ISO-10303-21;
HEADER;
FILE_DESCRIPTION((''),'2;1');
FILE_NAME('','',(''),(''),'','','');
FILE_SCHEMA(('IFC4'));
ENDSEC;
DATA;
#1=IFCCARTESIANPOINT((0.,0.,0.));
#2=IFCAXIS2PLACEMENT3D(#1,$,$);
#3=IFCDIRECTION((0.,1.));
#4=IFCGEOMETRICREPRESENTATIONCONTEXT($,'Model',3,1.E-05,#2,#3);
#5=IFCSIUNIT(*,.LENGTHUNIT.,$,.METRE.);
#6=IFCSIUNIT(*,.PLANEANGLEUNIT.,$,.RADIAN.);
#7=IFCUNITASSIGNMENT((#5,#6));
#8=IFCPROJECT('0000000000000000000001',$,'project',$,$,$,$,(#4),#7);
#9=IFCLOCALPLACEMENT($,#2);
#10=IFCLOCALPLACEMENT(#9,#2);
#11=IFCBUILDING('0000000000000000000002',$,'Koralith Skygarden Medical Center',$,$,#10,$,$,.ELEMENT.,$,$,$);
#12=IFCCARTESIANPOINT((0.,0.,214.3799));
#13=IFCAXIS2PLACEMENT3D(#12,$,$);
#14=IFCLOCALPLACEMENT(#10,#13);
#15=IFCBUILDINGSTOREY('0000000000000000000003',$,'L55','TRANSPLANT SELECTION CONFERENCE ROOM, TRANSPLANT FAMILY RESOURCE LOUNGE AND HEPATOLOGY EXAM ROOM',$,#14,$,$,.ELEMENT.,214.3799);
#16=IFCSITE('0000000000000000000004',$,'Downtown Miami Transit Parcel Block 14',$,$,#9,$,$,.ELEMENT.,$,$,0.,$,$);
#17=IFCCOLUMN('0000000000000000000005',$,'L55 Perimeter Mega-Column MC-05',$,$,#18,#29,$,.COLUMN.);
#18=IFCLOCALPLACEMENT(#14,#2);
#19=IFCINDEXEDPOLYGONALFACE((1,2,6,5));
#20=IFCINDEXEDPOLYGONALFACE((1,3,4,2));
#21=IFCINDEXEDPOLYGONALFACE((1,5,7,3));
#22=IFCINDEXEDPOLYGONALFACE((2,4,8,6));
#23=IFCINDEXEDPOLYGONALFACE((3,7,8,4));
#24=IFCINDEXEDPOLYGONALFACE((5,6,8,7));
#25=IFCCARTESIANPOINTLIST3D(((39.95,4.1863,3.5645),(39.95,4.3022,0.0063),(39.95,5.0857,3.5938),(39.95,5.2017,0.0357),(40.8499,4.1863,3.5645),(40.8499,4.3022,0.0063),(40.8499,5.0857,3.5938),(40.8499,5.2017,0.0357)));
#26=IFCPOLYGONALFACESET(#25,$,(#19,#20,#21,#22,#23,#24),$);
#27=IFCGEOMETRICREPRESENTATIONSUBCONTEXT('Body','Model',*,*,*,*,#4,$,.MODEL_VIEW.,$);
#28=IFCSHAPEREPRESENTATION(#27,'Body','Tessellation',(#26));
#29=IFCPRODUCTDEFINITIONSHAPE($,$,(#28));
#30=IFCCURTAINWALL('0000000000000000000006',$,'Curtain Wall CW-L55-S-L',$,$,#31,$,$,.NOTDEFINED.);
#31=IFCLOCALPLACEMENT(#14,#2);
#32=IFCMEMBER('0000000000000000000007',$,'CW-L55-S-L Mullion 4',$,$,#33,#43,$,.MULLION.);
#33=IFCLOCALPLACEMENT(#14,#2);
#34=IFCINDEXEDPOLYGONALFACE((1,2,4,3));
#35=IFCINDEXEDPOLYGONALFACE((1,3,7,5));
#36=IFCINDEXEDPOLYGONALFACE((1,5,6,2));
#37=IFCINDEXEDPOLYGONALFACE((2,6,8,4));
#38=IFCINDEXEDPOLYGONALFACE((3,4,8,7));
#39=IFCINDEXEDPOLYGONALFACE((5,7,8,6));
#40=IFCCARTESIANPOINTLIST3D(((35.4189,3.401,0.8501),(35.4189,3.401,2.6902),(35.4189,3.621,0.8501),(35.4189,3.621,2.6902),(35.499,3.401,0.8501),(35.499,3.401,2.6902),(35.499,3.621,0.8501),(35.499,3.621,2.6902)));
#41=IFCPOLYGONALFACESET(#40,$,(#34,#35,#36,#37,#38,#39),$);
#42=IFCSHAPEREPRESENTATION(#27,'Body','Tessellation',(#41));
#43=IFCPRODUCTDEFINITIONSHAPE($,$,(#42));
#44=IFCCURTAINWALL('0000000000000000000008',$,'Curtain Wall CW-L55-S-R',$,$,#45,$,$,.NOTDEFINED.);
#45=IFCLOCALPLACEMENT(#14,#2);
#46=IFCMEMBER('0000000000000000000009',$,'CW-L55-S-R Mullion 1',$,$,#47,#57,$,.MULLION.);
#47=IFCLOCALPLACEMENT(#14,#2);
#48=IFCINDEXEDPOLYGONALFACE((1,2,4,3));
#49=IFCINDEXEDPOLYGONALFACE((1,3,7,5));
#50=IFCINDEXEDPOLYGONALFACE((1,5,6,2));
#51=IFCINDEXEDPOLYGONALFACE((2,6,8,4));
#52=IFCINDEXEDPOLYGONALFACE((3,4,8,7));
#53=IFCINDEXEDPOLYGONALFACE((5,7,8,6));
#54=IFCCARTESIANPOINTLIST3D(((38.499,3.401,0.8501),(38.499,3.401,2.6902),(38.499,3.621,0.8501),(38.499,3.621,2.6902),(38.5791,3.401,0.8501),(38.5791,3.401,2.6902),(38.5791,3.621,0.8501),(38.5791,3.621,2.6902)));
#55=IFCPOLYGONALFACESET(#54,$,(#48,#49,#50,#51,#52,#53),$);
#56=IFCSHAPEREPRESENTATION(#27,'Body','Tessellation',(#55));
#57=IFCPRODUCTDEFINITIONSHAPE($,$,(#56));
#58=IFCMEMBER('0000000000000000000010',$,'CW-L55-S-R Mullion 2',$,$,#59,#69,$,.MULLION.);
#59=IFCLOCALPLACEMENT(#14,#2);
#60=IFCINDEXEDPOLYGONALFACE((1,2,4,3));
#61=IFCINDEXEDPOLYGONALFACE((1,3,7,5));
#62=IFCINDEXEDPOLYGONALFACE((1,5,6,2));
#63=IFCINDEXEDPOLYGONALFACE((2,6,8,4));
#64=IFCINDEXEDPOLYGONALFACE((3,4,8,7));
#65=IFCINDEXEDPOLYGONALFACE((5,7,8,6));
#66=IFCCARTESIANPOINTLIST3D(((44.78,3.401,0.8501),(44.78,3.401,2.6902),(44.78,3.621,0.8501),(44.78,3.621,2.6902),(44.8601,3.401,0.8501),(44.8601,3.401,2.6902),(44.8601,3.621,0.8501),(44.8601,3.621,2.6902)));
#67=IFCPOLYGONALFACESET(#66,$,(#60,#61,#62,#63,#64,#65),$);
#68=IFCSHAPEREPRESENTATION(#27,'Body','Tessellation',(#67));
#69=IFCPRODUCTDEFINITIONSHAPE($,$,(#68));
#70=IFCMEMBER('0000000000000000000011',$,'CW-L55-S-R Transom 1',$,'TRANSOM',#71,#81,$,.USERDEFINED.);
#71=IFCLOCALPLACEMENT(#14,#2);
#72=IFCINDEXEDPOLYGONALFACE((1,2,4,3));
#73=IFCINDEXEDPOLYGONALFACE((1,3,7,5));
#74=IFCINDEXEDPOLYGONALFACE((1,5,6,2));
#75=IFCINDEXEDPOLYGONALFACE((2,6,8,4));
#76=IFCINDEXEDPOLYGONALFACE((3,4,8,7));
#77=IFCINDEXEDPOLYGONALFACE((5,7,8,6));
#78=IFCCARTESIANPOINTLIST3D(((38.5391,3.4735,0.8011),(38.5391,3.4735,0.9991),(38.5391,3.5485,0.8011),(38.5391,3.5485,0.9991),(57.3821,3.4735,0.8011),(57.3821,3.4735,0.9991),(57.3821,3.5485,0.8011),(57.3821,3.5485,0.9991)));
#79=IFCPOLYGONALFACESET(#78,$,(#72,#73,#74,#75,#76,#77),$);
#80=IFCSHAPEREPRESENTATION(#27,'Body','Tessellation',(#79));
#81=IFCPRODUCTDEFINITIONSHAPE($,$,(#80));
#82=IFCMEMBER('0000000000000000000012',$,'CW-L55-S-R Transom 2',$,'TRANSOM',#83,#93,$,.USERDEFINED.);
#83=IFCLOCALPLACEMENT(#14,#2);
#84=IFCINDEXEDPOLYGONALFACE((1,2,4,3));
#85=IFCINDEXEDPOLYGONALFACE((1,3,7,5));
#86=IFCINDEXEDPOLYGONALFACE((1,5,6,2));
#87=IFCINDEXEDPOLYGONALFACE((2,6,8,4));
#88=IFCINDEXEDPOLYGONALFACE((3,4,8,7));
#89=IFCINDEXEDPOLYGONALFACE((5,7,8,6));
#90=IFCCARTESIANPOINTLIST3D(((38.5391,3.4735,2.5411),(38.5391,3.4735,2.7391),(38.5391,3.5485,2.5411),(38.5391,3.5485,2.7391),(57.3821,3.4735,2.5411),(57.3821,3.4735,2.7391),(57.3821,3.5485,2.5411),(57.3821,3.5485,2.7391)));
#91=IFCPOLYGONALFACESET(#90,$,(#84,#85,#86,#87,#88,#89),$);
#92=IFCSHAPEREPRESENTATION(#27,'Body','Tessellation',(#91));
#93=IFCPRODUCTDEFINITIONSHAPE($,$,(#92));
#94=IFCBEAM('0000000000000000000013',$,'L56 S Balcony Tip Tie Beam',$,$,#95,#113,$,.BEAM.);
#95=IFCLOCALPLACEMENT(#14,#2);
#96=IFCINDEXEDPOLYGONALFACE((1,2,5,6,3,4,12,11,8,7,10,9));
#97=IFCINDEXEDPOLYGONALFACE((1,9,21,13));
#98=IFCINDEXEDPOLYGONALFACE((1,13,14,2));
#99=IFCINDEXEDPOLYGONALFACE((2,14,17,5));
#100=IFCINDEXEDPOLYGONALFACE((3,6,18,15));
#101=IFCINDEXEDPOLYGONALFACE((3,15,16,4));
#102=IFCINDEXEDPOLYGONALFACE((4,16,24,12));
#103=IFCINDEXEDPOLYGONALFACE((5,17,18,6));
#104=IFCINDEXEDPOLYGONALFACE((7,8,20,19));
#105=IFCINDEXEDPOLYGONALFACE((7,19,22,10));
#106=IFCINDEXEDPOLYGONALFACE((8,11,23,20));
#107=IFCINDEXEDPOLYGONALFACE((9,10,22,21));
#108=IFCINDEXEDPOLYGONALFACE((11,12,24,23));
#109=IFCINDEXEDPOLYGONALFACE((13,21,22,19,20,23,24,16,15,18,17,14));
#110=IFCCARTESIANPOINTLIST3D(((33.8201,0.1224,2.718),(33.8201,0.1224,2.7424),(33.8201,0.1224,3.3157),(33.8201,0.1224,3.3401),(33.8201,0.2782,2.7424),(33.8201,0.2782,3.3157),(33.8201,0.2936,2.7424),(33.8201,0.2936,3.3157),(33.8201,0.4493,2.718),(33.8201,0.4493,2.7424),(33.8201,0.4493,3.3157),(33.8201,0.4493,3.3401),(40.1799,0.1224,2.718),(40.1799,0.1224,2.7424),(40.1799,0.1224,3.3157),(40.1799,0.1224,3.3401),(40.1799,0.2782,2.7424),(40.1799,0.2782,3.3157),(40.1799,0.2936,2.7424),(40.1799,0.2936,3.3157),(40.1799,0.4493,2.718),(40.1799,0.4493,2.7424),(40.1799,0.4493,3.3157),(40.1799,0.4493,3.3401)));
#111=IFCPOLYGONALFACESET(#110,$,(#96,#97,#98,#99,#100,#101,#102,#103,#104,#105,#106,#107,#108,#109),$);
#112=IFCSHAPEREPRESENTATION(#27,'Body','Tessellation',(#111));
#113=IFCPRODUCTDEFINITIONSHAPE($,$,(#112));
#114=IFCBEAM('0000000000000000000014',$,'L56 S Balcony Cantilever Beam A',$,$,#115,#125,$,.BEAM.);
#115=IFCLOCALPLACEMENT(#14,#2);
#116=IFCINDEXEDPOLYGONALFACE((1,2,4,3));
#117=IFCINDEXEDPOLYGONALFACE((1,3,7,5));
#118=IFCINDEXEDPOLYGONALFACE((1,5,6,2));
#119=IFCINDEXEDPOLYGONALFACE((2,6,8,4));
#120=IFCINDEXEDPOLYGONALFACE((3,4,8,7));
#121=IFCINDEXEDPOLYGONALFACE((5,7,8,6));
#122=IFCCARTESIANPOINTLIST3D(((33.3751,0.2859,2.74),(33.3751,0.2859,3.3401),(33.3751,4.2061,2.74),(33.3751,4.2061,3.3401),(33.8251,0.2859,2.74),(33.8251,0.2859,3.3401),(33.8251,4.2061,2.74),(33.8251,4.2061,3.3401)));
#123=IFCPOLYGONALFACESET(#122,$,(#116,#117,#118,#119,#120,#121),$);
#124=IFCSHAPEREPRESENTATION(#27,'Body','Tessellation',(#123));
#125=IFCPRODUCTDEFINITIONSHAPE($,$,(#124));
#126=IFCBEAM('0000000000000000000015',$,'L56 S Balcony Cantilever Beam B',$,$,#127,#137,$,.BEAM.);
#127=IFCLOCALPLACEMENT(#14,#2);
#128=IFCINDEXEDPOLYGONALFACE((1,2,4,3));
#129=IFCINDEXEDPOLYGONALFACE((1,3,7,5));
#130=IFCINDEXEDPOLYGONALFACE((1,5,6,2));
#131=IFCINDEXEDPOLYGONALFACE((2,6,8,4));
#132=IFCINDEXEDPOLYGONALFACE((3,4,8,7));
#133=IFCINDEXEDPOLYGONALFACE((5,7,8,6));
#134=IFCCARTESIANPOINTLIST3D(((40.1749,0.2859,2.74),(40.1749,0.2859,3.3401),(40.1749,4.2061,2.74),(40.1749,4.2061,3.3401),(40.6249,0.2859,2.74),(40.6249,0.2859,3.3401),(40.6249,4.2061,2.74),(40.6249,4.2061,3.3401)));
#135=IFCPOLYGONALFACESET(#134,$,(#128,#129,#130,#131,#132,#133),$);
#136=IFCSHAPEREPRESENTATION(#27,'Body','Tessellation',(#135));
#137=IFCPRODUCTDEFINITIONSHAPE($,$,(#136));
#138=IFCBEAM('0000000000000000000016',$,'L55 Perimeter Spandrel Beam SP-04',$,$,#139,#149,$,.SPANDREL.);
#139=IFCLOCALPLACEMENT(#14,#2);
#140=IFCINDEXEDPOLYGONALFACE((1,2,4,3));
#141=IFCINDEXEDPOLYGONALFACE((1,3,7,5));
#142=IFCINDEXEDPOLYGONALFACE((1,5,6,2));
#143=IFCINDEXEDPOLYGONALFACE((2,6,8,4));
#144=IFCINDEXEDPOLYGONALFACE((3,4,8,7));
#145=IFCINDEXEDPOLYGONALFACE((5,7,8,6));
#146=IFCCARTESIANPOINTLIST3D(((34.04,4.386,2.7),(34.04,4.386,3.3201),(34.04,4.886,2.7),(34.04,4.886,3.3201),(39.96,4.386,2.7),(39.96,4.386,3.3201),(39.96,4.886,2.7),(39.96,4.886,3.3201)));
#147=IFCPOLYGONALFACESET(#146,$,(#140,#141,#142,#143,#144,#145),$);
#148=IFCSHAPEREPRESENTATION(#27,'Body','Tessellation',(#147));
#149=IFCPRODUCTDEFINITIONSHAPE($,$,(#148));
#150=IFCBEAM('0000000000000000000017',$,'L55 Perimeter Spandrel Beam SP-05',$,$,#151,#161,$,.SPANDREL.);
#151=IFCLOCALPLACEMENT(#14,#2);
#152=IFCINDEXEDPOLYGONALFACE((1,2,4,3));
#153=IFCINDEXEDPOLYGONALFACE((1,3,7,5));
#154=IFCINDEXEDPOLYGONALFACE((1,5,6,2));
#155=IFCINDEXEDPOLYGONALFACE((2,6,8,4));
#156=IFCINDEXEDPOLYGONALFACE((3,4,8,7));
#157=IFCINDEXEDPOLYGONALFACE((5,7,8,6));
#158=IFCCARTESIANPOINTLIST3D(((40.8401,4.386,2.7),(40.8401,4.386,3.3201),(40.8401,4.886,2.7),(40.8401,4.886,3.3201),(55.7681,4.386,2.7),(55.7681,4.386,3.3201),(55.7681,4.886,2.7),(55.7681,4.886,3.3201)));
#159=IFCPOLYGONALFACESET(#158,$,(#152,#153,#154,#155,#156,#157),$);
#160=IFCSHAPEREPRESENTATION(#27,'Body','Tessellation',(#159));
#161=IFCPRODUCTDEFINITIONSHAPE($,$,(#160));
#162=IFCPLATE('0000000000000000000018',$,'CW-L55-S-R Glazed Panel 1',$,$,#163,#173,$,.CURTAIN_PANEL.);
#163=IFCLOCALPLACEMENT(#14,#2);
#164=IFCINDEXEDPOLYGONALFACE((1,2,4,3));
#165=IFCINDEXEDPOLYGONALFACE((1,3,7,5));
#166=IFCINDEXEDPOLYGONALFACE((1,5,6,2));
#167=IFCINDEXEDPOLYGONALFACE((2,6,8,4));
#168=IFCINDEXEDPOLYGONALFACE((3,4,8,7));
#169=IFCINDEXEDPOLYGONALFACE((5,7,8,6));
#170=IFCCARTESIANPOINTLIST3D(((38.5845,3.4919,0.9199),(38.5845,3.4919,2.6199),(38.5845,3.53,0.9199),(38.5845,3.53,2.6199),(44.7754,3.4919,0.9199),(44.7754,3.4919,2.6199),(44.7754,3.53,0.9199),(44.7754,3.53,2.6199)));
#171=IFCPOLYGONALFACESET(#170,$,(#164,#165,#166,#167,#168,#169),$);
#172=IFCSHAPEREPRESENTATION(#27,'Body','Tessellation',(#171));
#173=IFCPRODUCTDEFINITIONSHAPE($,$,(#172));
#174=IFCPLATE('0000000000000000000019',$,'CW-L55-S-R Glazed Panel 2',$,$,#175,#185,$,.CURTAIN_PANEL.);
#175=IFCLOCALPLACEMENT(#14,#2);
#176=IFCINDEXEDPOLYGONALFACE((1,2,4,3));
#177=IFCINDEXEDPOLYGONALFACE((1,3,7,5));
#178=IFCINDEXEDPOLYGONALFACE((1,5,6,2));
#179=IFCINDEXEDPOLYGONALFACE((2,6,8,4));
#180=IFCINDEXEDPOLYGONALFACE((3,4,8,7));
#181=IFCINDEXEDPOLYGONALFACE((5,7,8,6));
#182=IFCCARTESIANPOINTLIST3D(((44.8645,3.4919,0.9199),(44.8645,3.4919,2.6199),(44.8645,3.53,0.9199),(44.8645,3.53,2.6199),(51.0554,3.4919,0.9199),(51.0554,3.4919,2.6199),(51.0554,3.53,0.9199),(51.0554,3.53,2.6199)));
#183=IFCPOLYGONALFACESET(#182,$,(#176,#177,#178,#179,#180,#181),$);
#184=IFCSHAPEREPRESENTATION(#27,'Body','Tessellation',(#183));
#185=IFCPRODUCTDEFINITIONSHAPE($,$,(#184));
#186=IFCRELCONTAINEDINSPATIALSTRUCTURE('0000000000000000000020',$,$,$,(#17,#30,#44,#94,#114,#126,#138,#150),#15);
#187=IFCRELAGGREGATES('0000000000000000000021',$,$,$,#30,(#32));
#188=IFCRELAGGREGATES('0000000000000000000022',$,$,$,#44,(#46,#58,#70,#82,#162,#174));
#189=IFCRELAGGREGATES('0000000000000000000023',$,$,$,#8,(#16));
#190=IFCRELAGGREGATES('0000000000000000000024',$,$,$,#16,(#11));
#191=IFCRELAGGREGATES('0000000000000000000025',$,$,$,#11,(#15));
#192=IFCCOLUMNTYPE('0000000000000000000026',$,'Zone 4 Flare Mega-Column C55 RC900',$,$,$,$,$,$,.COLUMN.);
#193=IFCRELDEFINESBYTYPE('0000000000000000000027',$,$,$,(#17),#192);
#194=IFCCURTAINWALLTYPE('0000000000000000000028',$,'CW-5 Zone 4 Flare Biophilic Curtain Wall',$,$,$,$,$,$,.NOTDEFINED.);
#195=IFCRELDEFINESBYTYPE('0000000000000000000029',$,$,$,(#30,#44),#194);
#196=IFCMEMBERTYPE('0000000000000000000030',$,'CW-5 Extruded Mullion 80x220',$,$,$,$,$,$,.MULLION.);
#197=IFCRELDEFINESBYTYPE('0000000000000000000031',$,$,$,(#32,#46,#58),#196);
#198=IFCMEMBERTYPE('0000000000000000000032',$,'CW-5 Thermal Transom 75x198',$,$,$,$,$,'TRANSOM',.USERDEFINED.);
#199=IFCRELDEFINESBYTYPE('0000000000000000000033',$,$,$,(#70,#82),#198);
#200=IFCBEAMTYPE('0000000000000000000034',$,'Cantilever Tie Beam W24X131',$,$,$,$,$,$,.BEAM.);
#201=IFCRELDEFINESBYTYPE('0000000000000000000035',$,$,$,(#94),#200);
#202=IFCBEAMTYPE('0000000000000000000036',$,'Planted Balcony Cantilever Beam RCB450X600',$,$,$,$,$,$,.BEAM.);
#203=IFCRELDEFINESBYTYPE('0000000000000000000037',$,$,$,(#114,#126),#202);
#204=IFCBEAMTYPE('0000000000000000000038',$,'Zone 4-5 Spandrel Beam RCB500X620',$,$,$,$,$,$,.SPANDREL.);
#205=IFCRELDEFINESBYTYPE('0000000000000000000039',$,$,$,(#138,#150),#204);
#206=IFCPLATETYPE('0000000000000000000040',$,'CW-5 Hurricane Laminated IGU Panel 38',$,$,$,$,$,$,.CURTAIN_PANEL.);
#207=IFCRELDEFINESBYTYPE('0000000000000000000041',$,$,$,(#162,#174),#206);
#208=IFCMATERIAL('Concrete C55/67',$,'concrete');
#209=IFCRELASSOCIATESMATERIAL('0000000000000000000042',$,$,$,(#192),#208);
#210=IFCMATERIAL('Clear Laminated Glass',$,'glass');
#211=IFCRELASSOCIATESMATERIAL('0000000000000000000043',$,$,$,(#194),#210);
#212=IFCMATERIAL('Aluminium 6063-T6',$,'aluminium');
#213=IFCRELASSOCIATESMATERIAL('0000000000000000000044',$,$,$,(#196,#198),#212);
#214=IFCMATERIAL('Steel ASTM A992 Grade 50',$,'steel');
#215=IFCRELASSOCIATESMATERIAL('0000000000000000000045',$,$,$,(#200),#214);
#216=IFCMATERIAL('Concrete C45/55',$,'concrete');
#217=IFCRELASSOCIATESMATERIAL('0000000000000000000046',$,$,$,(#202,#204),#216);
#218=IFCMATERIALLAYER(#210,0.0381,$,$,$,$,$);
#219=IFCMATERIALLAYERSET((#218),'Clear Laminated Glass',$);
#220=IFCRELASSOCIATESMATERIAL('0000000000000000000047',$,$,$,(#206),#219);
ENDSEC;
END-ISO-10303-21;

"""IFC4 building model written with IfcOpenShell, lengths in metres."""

from ifc_helpers import new_model, si_unit, direction, frame, origin, origin_2d, place, context, subcontext, project, spatial, rectangle, i_section, extrude, material, layer, layer_set, material_profile, profile_set, type_object, element, aggregate, save


model = new_model("IFC4")

# Units and contexts
model_context = context("Model", 3, precision=1e-05, world=origin(), true_north=direction((0.0, 1.0)))
body_context = subcontext(model_context, "Body", "Model", "MODEL_VIEW")
ifc_project = project(units=[si_unit("LENGTHUNIT", "METRE"), si_unit("PLANEANGLEUNIT", "RADIAN")], contexts=[model_context])

# Site, building, storey
site_placement = place(None, origin())
site = spatial("IfcSite", under=ifc_project, at=site_placement, Name="Downtown Miami Transit Parcel Block 14", CompositionType="ELEMENT", RefElevation=0.0)
building_placement = place(site_placement, origin())
building = spatial("IfcBuilding", under=site, at=building_placement, Name="Koralith Skygarden Medical Center", CompositionType="ELEMENT")
storey_placement = place(building_placement, frame((0.0, 0.0, 214.3799)))
storey = spatial("IfcBuildingStorey", under=building, at=storey_placement, Name="L55", Description="TRANSPLANT SELECTION CONFERENCE ROOM, TRANSPLANT FAMILY RESOURCE LOUNGE AND HEPATOLOGY EXAM ROOM", CompositionType="ELEMENT", Elevation=214.3799)

# Column
ifc_material_1 = material(Name="Concrete C55/67", Category="concrete")
ifc_material_profile_1 = material_profile(ifc_material_1, rectangle(XDim=0.8999, YDim=0.8999, at=origin_2d()), Name="RC900X900")
ifc_profile_set_1 = profile_set([ifc_material_profile_1], Name="Concrete C55/67")
column_type = type_object("IfcColumnType", Name="Zone 4 Flare Mega-Column C55 RC900", PredefinedType="COLUMN", material=ifc_profile_set_1)
column_placement = place(storey_placement, frame((40.3999, 4.752, 0.021), z_axis=(0.0, -0.032575, 0.999469), x_axis=(1.0, 0.0, 0.0)))
element("IfcColumn", 1, at=column_placement, inside=storey, type_object=column_type, Name="L55 Perimeter Mega-Column MC-05", PredefinedType="COLUMN", context=body_context, shape_type="SweptSolid", body=[
    extrude(rectangle(XDim=0.8999, YDim=0.8999, at=origin_2d()), origin(), (0.0, 0.0, 1.0), 3.5601),
])

# Curtain wall, member
ifc_material_2 = material(Name="Clear Laminated Glass", Category="glass")
curtain_wall_type = type_object("IfcCurtainWallType", Name="CW-5 Zone 4 Flare Biophilic Curtain Wall", PredefinedType="NOTDEFINED", material=ifc_material_2)
curtain_wall_1_placement = place(storey_placement, origin())
curtain_wall_1 = element("IfcCurtainWall", 2, at=curtain_wall_1_placement, inside=storey, type_object=curtain_wall_type, Name="Curtain Wall CW-L55-S-L", PredefinedType="NOTDEFINED")
ifc_material_3 = material(Name="Aluminium 6063-T6", Category="aluminium")
ifc_material_profile_2 = material_profile(ifc_material_3, rectangle(XDim=0.0801, YDim=0.22, at=origin_2d()), Name="MUL80X220")
ifc_profile_set_2 = profile_set([ifc_material_profile_2], Name="Aluminium 6063-T6")
member_type_1 = type_object("IfcMemberType", Name="CW-5 Extruded Mullion 80x220", PredefinedType="MULLION", material=ifc_profile_set_2)
member_1_placement = place(storey_placement, frame((35.459, 3.511, 0.8501), z_axis=(0.0, 0.0, 1.0), x_axis=(1.0, 0.0, 0.0)))
member_1 = element("IfcMember", 3, at=member_1_placement, type_object=member_type_1, Name="CW-L55-S-L Mullion 4", PredefinedType="MULLION", context=body_context, shape_type="SweptSolid", body=[
    extrude(rectangle(XDim=0.0801, YDim=0.22, at=origin_2d()), origin(), (0.0, 0.0, 1.0), 1.8401),
])
aggregate(curtain_wall_1, [member_1])

# Curtain wall, members
curtain_wall_2_placement = place(storey_placement, origin())
curtain_wall_2 = element("IfcCurtainWall", 4, at=curtain_wall_2_placement, inside=storey, type_object=curtain_wall_type, Name="Curtain Wall CW-L55-S-R", PredefinedType="NOTDEFINED")
member_2_placement = place(storey_placement, frame((38.5391, 3.511, 0.8501), z_axis=(0.0, 0.0, 1.0), x_axis=(1.0, 0.0, 0.0)))
member_2 = element("IfcMember", 5, at=member_2_placement, type_object=member_type_1, Name="CW-L55-S-R Mullion 1", PredefinedType="MULLION", context=body_context, shape_type="SweptSolid", body=[
    extrude(rectangle(XDim=0.0801, YDim=0.22, at=origin_2d()), origin(), (0.0, 0.0, 1.0), 1.8401),
])
member_3_placement = place(storey_placement, frame((44.8201, 3.511, 0.8501), z_axis=(0.0, 0.0, 1.0), x_axis=(1.0, 0.0, 0.0)))
member_3 = element("IfcMember", 6, at=member_3_placement, type_object=member_type_1, Name="CW-L55-S-R Mullion 2", PredefinedType="MULLION", context=body_context, shape_type="SweptSolid", body=[
    extrude(rectangle(XDim=0.0801, YDim=0.22, at=origin_2d()), origin(), (0.0, 0.0, 1.0), 1.8401),
])
ifc_material_profile_3 = material_profile(ifc_material_3, rectangle(XDim=0.075, YDim=0.198, at=origin_2d()), Name="TRN75X198")
ifc_profile_set_3 = profile_set([ifc_material_profile_3], Name="Aluminium 6063-T6")
member_type_2 = type_object("IfcMemberType", Name="CW-5 Thermal Transom 75x198", ElementType="TRANSOM", PredefinedType="USERDEFINED", material=ifc_profile_set_3)
member_4_placement = place(storey_placement, frame((38.5391, 3.511, 0.9001), z_axis=(1.0, 0.0, 0.0), x_axis=(0.0, 1.0, 0.0)))
member_4 = element("IfcMember", 7, at=member_4_placement, type_object=member_type_2, Name="CW-L55-S-R Transom 1", ObjectType="TRANSOM", PredefinedType="USERDEFINED", context=body_context, shape_type="SweptSolid", body=[
    extrude(rectangle(XDim=0.075, YDim=0.198, at=origin_2d()), origin(), (0.0, 0.0, 1.0), 18.843),
])
member_5_placement = place(storey_placement, frame((38.5391, 3.511, 2.6401), z_axis=(1.0, 0.0, 0.0), x_axis=(0.0, 1.0, 0.0)))
member_5 = element("IfcMember", 8, at=member_5_placement, type_object=member_type_2, Name="CW-L55-S-R Transom 2", ObjectType="TRANSOM", PredefinedType="USERDEFINED", context=body_context, shape_type="SweptSolid", body=[
    extrude(rectangle(XDim=0.075, YDim=0.198, at=origin_2d()), origin(), (0.0, 0.0, 1.0), 18.843),
])

# Beams
ifc_material_4 = material(Name="Steel ASTM A992 Grade 50", Category="steel")
ifc_material_profile_4 = material_profile(ifc_material_4, i_section(OverallWidth=0.3269, OverallDepth=0.6221, WebThickness=0.0154, FlangeThickness=0.0244, at=origin_2d()), Name="W24X131")
ifc_profile_set_4 = profile_set([ifc_material_profile_4], Name="Steel ASTM A992 Grade 50")
beam_type_1 = type_object("IfcBeamType", Name="Cantilever Tie Beam W24X131", PredefinedType="BEAM", material=ifc_profile_set_4)
beam_1_placement = place(storey_placement, frame((33.8201, 0.2859, 3.0291), z_axis=(1.0, 0.0, 0.0), x_axis=(0.0, 1.0, 0.0)))
element("IfcBeam", 9, at=beam_1_placement, inside=storey, type_object=beam_type_1, Name="L56 S Balcony Tip Tie Beam", PredefinedType="BEAM", context=body_context, shape_type="SweptSolid", body=[
    extrude(i_section(OverallWidth=0.3269, OverallDepth=0.6221, WebThickness=0.0154, FlangeThickness=0.0244, at=origin_2d()), origin(), (0.0, 0.0, 1.0), 6.3599),
])
ifc_material_5 = material(Name="Concrete C45/55", Category="concrete")
ifc_material_profile_5 = material_profile(ifc_material_5, rectangle(XDim=0.45, YDim=0.6001, at=origin_2d()), Name="RCB450X600")
ifc_profile_set_5 = profile_set([ifc_material_profile_5], Name="Concrete C45/55")
beam_type_2 = type_object("IfcBeamType", Name="Planted Balcony Cantilever Beam RCB450X600", PredefinedType="BEAM", material=ifc_profile_set_5)
for number, where, z_axis, x_axis, name in (
    (10, (33.6001, 4.2061, 3.04), (0.0, -1.0, 0.0), (1.0, 0.0, 0.0), "L56 S Balcony Cantilever Beam A"),
    (11, (40.3999, 4.2061, 3.04), (0.0, -1.0, 0.0), (1.0, 0.0, 0.0), "L56 S Balcony Cantilever Beam B"),
):
    element("IfcBeam", number, at=place(storey_placement, frame(where, z_axis=z_axis, x_axis=x_axis)), inside=storey, type_object=beam_type_2, Name=name, PredefinedType="BEAM", context=body_context, shape_type="SweptSolid", body=[
        extrude(rectangle(XDim=0.45, YDim=0.6001, at=origin_2d()), origin(), (0.0, 0.0, 1.0), 3.9202),
    ])
ifc_material_profile_6 = material_profile(ifc_material_5, rectangle(XDim=0.5, YDim=0.6201, at=origin_2d()), Name="RCB500X620")
ifc_profile_set_6 = profile_set([ifc_material_profile_6], Name="Concrete C45/55")
beam_type_3 = type_object("IfcBeamType", Name="Zone 4-5 Spandrel Beam RCB500X620", PredefinedType="SPANDREL", material=ifc_profile_set_6)
beam_2_placement = place(storey_placement, frame((34.04, 4.636, 3.01), z_axis=(1.0, 0.0, 0.0), x_axis=(0.0, 1.0, 0.0)))
element("IfcBeam", 12, at=beam_2_placement, inside=storey, type_object=beam_type_3, Name="L55 Perimeter Spandrel Beam SP-04", PredefinedType="SPANDREL", context=body_context, shape_type="SweptSolid", body=[
    extrude(rectangle(XDim=0.5, YDim=0.6201, at=origin_2d()), origin(), (0.0, 0.0, 1.0), 5.9199),
])
beam_3_placement = place(storey_placement, frame((40.8401, 4.636, 3.01), z_axis=(1.0, 0.0, 0.0), x_axis=(0.0, 1.0, 0.0)))
element("IfcBeam", 13, at=beam_3_placement, inside=storey, type_object=beam_type_3, Name="L55 Perimeter Spandrel Beam SP-05", PredefinedType="SPANDREL", context=body_context, shape_type="SweptSolid", body=[
    extrude(rectangle(XDim=0.5, YDim=0.6201, at=origin_2d()), origin(), (0.0, 0.0, 1.0), 14.928),
])

# Plates
ifc_layer_1 = layer(ifc_material_2, 0.0381)
ifc_layer_set_1 = layer_set([ifc_layer_1], Name="Clear Laminated Glass")
plate_type = type_object("IfcPlateType", Name="CW-5 Hurricane Laminated IGU Panel 38", PredefinedType="CURTAIN_PANEL", material=ifc_layer_set_1)
plate_1_placement = place(storey_placement, frame((41.6799, 3.511, 0.9199), z_axis=(0.0, 0.0, 1.0), x_axis=(1.0, 0.0, 0.0)))
plate_1 = element("IfcPlate", 14, at=plate_1_placement, type_object=plate_type, Name="CW-L55-S-R Glazed Panel 1", PredefinedType="CURTAIN_PANEL", context=body_context, shape_type="SweptSolid", body=[
    extrude(rectangle(XDim=6.1909, YDim=0.0381, at=origin_2d()), origin(), (0.0, 0.0, 1.0), 1.7),
])
plate_2_placement = place(storey_placement, frame((47.96, 3.511, 0.9199), z_axis=(0.0, 0.0, 1.0), x_axis=(1.0, 0.0, 0.0)))
plate_2 = element("IfcPlate", 15, at=plate_2_placement, type_object=plate_type, Name="CW-L55-S-R Glazed Panel 2", PredefinedType="CURTAIN_PANEL", context=body_context, shape_type="SweptSolid", body=[
    extrude(rectangle(XDim=6.1909, YDim=0.0381, at=origin_2d()), origin(), (0.0, 0.0, 1.0), 1.7),
])
aggregate(curtain_wall_2, [member_2, member_3, member_4, member_5, plate_1, plate_2])

save(model, "model.ifc")
